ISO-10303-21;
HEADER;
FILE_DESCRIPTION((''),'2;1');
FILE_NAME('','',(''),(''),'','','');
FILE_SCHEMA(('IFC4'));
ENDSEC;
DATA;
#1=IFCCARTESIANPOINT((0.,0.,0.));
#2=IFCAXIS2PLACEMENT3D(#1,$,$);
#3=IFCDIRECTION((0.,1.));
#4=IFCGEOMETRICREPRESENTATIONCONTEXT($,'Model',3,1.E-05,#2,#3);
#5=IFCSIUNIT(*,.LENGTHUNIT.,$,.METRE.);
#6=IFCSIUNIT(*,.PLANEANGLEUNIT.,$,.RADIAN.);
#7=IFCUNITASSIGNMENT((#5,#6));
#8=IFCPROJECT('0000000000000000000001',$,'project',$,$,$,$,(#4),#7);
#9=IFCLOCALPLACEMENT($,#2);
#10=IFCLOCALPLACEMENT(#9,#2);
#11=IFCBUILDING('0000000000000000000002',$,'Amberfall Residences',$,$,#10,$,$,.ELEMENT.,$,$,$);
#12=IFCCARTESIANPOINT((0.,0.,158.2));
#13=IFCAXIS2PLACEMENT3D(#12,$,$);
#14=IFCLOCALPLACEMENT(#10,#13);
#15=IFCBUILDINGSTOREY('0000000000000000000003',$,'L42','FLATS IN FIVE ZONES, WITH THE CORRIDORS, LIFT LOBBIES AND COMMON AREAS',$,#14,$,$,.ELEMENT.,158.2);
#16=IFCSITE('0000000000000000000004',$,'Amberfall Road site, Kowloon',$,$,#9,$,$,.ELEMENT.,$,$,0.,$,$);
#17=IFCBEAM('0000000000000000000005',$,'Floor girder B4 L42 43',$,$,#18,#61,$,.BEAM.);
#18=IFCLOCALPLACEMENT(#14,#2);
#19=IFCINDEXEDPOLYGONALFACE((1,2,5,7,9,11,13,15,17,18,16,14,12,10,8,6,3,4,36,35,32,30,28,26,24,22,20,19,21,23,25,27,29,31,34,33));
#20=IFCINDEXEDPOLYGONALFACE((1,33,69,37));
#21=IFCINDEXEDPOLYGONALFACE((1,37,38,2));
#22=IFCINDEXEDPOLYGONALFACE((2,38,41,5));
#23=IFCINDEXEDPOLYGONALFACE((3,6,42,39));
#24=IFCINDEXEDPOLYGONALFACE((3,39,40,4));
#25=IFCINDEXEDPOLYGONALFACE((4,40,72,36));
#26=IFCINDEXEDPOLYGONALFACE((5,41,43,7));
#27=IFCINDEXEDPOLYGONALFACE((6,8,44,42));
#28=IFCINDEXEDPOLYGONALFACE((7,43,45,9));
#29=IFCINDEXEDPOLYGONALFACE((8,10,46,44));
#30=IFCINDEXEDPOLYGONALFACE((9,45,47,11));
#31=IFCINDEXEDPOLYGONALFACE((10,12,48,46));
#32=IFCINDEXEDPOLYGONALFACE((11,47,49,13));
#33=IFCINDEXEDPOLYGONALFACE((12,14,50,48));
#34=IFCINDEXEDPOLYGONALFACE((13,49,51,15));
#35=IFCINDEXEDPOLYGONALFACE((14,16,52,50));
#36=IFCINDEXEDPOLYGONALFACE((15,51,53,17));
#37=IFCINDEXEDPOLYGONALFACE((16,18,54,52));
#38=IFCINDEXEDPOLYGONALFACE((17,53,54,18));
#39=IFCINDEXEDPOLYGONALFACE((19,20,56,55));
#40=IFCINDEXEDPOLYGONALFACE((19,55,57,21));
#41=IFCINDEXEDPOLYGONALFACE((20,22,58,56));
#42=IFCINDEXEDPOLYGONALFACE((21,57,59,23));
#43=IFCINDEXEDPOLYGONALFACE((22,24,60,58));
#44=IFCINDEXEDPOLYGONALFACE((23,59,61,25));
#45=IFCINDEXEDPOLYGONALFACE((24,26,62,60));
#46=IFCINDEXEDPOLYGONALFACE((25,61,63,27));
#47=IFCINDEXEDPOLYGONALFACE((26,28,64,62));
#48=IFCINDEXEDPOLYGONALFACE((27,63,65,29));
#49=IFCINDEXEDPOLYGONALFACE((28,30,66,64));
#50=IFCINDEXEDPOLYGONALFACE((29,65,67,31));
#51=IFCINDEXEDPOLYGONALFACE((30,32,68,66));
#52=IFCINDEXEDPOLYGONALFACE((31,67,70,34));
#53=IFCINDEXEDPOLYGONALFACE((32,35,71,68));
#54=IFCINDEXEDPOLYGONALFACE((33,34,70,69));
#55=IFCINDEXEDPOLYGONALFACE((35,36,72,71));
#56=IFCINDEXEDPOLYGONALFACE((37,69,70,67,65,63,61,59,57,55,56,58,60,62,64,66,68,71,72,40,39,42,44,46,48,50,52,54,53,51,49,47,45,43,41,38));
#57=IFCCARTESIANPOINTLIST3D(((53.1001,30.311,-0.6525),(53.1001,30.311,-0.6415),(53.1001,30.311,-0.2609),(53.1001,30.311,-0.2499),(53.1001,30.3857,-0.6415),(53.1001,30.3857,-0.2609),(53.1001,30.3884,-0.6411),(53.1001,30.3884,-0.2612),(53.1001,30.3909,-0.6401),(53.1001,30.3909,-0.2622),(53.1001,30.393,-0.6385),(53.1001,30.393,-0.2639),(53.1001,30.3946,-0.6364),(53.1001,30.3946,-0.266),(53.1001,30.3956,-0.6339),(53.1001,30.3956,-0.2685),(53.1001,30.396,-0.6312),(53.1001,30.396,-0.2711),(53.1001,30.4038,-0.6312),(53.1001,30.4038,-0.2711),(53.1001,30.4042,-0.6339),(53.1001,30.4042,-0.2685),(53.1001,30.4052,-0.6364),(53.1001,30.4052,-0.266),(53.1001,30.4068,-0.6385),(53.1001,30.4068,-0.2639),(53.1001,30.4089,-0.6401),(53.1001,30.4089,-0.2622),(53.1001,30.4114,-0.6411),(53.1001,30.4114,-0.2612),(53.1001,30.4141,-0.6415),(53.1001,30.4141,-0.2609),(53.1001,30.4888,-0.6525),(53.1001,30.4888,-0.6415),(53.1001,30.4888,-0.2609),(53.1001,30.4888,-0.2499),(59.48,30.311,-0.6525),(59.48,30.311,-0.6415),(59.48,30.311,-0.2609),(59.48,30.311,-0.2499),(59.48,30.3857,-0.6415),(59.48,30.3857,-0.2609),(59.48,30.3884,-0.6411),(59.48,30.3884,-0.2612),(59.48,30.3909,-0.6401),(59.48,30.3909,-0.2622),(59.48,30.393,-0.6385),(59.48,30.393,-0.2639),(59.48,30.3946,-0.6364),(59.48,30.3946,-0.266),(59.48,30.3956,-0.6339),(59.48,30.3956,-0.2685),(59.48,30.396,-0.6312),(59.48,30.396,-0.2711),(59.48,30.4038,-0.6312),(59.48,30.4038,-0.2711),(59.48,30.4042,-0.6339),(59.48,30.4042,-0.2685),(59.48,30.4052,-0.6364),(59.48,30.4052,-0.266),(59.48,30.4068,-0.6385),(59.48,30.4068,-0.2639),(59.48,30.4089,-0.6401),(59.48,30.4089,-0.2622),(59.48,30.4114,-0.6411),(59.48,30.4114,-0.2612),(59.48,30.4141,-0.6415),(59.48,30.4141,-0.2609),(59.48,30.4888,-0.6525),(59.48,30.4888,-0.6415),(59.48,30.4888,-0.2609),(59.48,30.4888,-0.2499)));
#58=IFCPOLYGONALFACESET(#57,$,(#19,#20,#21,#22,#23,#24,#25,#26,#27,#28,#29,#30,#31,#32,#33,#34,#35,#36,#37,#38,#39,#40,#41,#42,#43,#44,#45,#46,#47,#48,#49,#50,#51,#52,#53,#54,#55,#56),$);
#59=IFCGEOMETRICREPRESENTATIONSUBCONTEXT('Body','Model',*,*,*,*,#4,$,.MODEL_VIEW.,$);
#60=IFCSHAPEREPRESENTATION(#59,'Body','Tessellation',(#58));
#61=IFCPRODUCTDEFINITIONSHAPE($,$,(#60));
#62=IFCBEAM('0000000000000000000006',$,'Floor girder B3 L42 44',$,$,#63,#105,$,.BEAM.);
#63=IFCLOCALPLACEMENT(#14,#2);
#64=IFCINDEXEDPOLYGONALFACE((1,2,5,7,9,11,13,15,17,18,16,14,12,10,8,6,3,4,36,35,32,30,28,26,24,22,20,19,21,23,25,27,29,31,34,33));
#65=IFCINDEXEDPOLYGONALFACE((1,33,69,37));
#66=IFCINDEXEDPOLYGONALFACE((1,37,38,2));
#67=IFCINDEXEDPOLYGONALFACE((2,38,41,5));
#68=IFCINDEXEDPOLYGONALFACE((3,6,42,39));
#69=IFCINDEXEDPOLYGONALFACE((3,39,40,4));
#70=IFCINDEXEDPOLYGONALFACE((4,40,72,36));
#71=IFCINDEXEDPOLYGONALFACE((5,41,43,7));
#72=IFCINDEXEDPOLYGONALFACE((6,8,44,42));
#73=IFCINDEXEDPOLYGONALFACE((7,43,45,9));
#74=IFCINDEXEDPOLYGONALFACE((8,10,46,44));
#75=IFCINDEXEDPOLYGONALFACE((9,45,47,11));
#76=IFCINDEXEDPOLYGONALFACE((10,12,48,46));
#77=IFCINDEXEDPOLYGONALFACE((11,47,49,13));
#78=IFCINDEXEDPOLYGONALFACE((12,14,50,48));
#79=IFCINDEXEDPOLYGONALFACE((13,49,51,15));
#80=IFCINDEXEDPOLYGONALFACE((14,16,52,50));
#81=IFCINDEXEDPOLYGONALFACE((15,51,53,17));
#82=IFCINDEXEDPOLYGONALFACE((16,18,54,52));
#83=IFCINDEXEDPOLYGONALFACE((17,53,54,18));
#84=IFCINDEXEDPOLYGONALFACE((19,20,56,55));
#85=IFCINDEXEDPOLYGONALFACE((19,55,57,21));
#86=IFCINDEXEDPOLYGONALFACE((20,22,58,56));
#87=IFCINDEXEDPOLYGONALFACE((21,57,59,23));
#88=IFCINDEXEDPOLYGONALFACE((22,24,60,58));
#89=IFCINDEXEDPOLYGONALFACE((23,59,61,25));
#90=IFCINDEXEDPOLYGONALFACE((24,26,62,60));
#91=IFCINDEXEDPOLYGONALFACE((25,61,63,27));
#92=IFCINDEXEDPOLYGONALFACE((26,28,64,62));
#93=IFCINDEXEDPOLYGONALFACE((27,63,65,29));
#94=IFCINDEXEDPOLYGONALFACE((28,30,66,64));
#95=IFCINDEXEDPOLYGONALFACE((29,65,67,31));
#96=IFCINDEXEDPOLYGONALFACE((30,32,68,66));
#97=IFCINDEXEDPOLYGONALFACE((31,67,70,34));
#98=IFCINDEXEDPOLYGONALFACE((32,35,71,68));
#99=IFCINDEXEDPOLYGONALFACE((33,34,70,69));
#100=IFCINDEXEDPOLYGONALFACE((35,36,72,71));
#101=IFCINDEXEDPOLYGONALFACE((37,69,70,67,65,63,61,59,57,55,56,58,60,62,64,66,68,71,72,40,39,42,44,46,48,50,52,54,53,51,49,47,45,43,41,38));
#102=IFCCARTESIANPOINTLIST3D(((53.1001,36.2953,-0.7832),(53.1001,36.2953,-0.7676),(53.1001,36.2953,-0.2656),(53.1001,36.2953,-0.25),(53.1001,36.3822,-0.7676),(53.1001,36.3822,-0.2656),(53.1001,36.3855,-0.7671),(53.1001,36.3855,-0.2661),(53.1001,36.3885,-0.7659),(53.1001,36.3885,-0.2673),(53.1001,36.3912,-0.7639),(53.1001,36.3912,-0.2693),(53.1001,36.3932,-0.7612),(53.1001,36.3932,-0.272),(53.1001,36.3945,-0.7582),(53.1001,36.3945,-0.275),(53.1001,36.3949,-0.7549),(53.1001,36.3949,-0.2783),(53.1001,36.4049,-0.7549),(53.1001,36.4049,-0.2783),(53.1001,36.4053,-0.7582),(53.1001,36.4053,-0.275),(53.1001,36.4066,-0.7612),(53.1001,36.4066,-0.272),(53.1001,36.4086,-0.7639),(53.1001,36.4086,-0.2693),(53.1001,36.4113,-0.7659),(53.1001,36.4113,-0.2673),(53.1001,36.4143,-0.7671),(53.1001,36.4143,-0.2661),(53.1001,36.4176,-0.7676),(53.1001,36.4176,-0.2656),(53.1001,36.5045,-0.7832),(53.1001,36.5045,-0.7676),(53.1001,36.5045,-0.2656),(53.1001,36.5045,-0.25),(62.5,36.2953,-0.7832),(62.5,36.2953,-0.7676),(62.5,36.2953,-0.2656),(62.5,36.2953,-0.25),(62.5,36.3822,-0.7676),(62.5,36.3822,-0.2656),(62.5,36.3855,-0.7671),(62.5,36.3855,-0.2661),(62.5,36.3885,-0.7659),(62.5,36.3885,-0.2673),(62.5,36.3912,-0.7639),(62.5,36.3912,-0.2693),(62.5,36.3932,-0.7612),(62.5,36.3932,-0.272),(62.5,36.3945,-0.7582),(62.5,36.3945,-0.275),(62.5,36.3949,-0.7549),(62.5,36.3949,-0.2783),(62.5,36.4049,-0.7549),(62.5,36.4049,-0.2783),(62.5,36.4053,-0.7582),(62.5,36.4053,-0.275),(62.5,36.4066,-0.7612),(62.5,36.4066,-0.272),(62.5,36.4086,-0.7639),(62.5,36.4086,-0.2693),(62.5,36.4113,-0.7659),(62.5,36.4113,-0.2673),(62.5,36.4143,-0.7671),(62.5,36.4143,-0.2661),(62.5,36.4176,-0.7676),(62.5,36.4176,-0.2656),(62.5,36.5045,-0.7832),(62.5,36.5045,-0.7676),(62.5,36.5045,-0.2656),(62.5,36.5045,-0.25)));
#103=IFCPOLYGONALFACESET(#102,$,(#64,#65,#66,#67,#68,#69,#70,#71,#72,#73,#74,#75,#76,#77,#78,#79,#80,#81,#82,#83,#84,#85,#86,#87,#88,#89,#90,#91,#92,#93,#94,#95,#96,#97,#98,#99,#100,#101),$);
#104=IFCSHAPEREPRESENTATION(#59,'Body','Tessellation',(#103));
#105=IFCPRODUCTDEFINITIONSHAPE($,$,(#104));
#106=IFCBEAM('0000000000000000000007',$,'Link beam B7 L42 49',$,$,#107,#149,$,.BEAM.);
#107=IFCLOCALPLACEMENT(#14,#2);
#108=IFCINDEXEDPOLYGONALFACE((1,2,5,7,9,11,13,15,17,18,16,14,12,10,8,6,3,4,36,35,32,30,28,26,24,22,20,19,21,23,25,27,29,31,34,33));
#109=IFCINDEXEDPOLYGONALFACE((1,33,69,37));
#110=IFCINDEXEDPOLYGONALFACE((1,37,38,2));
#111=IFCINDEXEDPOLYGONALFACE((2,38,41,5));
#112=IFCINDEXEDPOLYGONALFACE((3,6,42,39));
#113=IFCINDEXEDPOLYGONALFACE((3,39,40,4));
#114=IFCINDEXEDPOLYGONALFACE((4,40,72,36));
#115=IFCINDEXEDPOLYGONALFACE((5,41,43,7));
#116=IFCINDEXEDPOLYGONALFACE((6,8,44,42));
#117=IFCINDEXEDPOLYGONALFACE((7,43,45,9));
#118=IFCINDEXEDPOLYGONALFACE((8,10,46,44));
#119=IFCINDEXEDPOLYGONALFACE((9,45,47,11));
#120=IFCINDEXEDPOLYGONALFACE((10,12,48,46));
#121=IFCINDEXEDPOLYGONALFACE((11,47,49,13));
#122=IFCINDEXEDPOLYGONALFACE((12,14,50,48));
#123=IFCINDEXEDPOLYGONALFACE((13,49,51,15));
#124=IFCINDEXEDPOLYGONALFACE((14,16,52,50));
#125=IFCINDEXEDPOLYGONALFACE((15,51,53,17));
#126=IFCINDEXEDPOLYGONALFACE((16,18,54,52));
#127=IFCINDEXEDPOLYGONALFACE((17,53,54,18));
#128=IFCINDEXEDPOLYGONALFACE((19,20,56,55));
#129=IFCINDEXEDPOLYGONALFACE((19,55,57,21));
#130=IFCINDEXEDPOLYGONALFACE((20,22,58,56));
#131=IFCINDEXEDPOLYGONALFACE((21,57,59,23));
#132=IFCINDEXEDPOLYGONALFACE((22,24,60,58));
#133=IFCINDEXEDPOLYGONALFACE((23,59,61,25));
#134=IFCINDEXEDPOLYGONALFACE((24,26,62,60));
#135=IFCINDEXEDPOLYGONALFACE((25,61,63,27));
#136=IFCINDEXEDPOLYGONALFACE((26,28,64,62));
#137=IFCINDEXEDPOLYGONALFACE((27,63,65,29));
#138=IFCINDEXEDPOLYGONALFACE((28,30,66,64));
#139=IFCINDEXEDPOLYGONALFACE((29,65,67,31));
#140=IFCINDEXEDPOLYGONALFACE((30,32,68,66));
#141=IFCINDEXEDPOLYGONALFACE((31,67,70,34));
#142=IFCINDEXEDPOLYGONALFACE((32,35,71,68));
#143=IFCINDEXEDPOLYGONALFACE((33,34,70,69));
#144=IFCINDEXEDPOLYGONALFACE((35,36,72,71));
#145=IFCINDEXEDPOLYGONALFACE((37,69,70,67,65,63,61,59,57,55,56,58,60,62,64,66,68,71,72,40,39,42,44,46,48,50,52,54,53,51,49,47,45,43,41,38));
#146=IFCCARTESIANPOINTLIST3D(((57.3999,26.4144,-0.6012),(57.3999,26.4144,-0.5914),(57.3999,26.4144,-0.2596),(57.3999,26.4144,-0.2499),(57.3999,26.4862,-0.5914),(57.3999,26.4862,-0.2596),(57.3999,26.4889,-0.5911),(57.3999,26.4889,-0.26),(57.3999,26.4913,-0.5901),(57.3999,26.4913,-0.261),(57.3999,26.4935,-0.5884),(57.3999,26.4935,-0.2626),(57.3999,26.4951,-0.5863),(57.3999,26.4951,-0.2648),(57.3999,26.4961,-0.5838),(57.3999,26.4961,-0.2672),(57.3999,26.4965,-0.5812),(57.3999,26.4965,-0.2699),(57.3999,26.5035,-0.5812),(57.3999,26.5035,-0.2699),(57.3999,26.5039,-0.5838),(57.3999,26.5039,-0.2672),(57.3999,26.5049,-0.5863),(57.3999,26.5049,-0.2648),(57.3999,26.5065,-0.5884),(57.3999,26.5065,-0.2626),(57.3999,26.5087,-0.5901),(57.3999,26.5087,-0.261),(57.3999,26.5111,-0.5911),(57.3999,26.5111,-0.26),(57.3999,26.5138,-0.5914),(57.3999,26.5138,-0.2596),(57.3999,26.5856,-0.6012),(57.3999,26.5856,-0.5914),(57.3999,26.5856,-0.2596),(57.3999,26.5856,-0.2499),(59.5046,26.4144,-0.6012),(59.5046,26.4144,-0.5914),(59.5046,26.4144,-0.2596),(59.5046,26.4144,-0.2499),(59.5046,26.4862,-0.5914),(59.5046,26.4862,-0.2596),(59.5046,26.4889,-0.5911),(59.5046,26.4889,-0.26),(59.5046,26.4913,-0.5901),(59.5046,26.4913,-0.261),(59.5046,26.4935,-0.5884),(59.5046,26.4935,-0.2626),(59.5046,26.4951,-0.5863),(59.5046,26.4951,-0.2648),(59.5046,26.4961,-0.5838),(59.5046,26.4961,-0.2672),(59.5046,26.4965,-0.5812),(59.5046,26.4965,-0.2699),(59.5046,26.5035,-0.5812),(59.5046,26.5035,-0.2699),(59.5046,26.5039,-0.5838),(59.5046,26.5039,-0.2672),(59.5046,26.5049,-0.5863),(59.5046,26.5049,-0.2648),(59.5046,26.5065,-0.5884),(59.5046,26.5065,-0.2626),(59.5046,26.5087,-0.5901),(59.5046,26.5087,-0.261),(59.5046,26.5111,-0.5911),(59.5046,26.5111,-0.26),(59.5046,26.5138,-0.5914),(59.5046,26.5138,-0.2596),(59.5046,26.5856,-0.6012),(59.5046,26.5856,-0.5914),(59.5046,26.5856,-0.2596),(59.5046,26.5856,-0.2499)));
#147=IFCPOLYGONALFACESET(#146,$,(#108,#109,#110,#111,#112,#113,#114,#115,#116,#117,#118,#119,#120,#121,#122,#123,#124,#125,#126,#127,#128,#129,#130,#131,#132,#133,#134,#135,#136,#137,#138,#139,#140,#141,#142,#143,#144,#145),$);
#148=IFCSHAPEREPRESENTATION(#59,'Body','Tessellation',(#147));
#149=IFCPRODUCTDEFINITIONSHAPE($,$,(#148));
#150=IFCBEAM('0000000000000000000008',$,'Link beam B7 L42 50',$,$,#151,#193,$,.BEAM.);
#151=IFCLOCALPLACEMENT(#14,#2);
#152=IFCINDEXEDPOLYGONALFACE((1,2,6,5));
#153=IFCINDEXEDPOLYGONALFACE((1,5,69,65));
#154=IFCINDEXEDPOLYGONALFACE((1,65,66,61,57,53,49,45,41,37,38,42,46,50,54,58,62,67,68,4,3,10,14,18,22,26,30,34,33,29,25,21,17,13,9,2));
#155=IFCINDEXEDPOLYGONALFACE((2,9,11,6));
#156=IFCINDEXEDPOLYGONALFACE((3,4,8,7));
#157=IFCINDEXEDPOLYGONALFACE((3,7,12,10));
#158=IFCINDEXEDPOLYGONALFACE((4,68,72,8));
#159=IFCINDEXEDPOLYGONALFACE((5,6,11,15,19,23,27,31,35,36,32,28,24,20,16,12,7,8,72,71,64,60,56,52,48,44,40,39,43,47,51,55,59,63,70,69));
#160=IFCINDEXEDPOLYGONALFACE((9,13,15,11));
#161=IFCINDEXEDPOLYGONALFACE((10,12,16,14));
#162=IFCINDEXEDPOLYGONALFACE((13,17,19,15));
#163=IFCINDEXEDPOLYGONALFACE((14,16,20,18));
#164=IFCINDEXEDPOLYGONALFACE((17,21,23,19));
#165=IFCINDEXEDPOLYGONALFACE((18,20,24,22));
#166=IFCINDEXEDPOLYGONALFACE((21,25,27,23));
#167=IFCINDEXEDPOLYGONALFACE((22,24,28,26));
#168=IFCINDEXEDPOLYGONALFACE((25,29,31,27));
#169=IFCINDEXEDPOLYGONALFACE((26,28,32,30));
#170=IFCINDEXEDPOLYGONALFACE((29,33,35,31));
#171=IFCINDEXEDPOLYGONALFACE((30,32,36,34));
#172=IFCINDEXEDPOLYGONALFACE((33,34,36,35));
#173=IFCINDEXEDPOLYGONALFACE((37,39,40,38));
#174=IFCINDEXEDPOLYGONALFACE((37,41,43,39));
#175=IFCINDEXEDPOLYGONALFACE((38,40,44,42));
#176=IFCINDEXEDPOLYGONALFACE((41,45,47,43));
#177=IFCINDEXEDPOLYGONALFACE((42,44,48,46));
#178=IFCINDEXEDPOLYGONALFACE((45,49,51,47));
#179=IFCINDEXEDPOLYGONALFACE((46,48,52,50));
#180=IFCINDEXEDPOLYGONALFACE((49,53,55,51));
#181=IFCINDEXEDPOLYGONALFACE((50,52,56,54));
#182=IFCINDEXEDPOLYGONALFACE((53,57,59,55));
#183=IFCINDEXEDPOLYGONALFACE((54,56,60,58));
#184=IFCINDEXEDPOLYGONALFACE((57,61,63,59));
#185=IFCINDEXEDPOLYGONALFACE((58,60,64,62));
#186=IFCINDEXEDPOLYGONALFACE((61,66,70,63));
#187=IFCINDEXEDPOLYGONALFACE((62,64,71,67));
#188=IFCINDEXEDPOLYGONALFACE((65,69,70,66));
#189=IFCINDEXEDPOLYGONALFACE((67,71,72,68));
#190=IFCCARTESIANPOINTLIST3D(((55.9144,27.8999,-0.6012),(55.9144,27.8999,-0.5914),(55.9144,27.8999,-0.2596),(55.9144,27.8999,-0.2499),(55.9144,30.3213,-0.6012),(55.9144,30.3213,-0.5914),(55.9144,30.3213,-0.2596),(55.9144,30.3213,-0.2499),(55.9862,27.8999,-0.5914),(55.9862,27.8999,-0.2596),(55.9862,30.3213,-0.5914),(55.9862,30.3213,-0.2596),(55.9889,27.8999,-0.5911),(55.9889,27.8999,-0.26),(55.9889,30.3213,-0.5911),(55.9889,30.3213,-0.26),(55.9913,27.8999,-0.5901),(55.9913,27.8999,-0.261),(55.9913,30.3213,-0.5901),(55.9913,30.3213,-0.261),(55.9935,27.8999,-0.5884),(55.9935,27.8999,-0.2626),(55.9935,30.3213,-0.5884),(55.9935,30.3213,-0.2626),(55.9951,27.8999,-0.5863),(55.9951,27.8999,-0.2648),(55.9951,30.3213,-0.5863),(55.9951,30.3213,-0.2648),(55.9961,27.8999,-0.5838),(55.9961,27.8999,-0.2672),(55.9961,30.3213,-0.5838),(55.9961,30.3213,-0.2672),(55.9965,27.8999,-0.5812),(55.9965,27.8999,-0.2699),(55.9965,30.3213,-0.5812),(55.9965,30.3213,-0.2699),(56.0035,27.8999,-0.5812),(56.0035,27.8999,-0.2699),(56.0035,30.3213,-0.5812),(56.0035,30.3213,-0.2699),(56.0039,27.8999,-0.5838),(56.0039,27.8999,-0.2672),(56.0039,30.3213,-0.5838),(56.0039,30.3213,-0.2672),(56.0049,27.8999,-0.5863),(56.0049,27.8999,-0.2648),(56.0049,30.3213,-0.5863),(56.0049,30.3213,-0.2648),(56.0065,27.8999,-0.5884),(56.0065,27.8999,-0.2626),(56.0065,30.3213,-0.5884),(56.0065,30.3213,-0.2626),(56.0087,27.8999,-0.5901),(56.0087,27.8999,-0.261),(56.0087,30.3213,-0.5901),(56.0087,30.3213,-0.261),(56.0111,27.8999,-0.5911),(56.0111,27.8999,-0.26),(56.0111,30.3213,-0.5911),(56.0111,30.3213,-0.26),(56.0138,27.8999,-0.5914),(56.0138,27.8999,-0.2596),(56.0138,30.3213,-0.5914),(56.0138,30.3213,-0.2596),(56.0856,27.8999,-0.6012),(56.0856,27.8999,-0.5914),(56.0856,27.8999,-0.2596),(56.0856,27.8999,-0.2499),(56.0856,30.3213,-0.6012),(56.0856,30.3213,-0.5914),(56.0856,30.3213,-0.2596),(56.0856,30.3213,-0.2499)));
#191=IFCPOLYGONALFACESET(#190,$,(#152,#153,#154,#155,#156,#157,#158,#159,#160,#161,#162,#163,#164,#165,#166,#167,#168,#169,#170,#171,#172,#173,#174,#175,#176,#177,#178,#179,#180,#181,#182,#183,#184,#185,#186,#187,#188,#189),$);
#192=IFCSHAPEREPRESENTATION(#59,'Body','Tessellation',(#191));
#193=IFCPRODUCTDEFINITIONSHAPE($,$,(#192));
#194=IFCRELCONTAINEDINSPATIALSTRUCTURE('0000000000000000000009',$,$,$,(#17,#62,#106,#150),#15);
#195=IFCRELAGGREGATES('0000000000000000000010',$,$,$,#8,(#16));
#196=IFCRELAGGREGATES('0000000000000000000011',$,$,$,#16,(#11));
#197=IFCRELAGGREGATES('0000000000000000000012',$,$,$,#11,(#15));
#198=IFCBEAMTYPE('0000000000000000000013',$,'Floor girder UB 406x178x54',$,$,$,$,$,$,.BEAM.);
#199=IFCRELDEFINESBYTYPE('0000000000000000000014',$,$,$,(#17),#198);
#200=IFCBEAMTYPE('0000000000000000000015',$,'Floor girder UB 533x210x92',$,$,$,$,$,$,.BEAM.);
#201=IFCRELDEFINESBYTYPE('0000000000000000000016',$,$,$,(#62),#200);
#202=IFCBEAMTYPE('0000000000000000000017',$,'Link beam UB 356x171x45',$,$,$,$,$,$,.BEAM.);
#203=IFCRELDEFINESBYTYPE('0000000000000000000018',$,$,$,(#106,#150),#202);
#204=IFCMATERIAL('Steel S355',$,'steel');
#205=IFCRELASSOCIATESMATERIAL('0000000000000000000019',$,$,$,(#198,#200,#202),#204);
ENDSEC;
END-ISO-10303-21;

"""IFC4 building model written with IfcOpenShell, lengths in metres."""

from ifc_helpers import new_model, si_unit, direction, frame, origin, origin_2d, place, context, subcontext, project, spatial, i_section, extrude, material, material_profile, profile_set, type_object, element, save


model = new_model("IFC4")

# Units and contexts
model_context = context("Model", 3, precision=1e-05, world=origin(), true_north=direction((0.0, 1.0)))
body_context = subcontext(model_context, "Body", "Model", "MODEL_VIEW")
ifc_project = project(units=[si_unit("LENGTHUNIT", "METRE"), si_unit("PLANEANGLEUNIT", "RADIAN")], contexts=[model_context])

# Site, building, storey
site_placement = place(None, origin())
site = spatial("IfcSite", under=ifc_project, at=site_placement, Name="Amberfall Road site, Kowloon", CompositionType="ELEMENT", RefElevation=0.0)
building_placement = place(site_placement, origin())
building = spatial("IfcBuilding", under=site, at=building_placement, Name="Amberfall Residences", CompositionType="ELEMENT")
storey_placement = place(building_placement, frame((0.0, 0.0, 158.2)))
storey = spatial("IfcBuildingStorey", under=building, at=storey_placement, Name="L42", Description="FLATS IN FIVE ZONES, WITH THE CORRIDORS, LIFT LOBBIES AND COMMON AREAS", CompositionType="ELEMENT", Elevation=158.2)

# Beams
ifc_material_1 = material(Name="Steel S355", Category="steel")
ifc_material_profile_1 = material_profile(ifc_material_1, i_section(OverallWidth=0.1777, OverallDepth=0.4026, WebThickness=0.0078, FlangeThickness=0.011, FilletRadius=0.0103, at=origin_2d()), Name="UB 406x178x54")
ifc_profile_set_1 = profile_set([ifc_material_profile_1], Name="Steel S355")
beam_type_1 = type_object("IfcBeamType", Name="Floor girder UB 406x178x54", PredefinedType="BEAM", material=ifc_profile_set_1)
beam_1_placement = place(storey_placement, frame((53.1001, 30.3999, -0.4512), z_axis=(1.0, 0.0, 0.0), x_axis=(0.0, 1.0, 0.0)))
element("IfcBeam", 1, at=beam_1_placement, inside=storey, type_object=beam_type_1, Name="Floor girder B4 L42 43", PredefinedType="BEAM", context=body_context, shape_type="SweptSolid", body=[
    extrude(i_section(OverallWidth=0.1777, OverallDepth=0.4026, WebThickness=0.0078, FlangeThickness=0.011, FilletRadius=0.0103, at=origin_2d()), origin(), (0.0, 0.0, 1.0), 6.3799),
])
ifc_material_profile_2 = material_profile(ifc_material_1, i_section(OverallWidth=0.2092, OverallDepth=0.5332, WebThickness=0.01, FlangeThickness=0.0156, FilletRadius=0.0127, at=origin_2d()), Name="UB 533x210x92")
ifc_profile_set_2 = profile_set([ifc_material_profile_2], Name="Steel S355")
beam_type_2 = type_object("IfcBeamType", Name="Floor girder UB 533x210x92", PredefinedType="BEAM", material=ifc_profile_set_2)
beam_2_placement = place(storey_placement, frame((53.1001, 36.3999, -0.5166), z_axis=(1.0, 0.0, 0.0), x_axis=(0.0, 1.0, 0.0)))
element("IfcBeam", 2, at=beam_2_placement, inside=storey, type_object=beam_type_2, Name="Floor girder B3 L42 44", PredefinedType="BEAM", context=body_context, shape_type="SweptSolid", body=[
    extrude(i_section(OverallWidth=0.2092, OverallDepth=0.5332, WebThickness=0.01, FlangeThickness=0.0156, FilletRadius=0.0127, at=origin_2d()), origin(), (0.0, 0.0, 1.0), 9.3999),
])
ifc_material_profile_3 = material_profile(ifc_material_1, i_section(OverallWidth=0.1711, OverallDepth=0.3513, WebThickness=0.0071, FlangeThickness=0.0098, FilletRadius=0.0103, at=origin_2d()), Name="UB 356x171x45")
ifc_profile_set_3 = profile_set([ifc_material_profile_3], Name="Steel S355")
beam_type_3 = type_object("IfcBeamType", Name="Link beam UB 356x171x45", PredefinedType="BEAM", material=ifc_profile_set_3)
beam_3_placement = place(storey_placement, frame((57.3999, 26.5, -0.4255), z_axis=(1.0, 0.0, 0.0), x_axis=(0.0, 1.0, 0.0)))
element("IfcBeam", 3, at=beam_3_placement, inside=storey, type_object=beam_type_3, Name="Link beam B7 L42 49", PredefinedType="BEAM", context=body_context, shape_type="SweptSolid", body=[
    extrude(i_section(OverallWidth=0.1711, OverallDepth=0.3513, WebThickness=0.0071, FlangeThickness=0.0098, FilletRadius=0.0103, at=origin_2d()), origin(), (0.0, 0.0, 1.0), 2.1047),
])
beam_4_placement = place(storey_placement, frame((56.0, 27.8999, -0.4255), z_axis=(0.0, 1.0, 0.0), x_axis=(-1.0, 0.0, 0.0)))
element("IfcBeam", 4, at=beam_4_placement, inside=storey, type_object=beam_type_3, Name="Link beam B7 L42 50", PredefinedType="BEAM", context=body_context, shape_type="SweptSolid", body=[
    extrude(i_section(OverallWidth=0.1711, OverallDepth=0.3513, WebThickness=0.0071, FlangeThickness=0.0098, FilletRadius=0.0103, at=origin_2d()), origin(), (0.0, 0.0, 1.0), 2.4214),
])

save(model, "model.ifc")
